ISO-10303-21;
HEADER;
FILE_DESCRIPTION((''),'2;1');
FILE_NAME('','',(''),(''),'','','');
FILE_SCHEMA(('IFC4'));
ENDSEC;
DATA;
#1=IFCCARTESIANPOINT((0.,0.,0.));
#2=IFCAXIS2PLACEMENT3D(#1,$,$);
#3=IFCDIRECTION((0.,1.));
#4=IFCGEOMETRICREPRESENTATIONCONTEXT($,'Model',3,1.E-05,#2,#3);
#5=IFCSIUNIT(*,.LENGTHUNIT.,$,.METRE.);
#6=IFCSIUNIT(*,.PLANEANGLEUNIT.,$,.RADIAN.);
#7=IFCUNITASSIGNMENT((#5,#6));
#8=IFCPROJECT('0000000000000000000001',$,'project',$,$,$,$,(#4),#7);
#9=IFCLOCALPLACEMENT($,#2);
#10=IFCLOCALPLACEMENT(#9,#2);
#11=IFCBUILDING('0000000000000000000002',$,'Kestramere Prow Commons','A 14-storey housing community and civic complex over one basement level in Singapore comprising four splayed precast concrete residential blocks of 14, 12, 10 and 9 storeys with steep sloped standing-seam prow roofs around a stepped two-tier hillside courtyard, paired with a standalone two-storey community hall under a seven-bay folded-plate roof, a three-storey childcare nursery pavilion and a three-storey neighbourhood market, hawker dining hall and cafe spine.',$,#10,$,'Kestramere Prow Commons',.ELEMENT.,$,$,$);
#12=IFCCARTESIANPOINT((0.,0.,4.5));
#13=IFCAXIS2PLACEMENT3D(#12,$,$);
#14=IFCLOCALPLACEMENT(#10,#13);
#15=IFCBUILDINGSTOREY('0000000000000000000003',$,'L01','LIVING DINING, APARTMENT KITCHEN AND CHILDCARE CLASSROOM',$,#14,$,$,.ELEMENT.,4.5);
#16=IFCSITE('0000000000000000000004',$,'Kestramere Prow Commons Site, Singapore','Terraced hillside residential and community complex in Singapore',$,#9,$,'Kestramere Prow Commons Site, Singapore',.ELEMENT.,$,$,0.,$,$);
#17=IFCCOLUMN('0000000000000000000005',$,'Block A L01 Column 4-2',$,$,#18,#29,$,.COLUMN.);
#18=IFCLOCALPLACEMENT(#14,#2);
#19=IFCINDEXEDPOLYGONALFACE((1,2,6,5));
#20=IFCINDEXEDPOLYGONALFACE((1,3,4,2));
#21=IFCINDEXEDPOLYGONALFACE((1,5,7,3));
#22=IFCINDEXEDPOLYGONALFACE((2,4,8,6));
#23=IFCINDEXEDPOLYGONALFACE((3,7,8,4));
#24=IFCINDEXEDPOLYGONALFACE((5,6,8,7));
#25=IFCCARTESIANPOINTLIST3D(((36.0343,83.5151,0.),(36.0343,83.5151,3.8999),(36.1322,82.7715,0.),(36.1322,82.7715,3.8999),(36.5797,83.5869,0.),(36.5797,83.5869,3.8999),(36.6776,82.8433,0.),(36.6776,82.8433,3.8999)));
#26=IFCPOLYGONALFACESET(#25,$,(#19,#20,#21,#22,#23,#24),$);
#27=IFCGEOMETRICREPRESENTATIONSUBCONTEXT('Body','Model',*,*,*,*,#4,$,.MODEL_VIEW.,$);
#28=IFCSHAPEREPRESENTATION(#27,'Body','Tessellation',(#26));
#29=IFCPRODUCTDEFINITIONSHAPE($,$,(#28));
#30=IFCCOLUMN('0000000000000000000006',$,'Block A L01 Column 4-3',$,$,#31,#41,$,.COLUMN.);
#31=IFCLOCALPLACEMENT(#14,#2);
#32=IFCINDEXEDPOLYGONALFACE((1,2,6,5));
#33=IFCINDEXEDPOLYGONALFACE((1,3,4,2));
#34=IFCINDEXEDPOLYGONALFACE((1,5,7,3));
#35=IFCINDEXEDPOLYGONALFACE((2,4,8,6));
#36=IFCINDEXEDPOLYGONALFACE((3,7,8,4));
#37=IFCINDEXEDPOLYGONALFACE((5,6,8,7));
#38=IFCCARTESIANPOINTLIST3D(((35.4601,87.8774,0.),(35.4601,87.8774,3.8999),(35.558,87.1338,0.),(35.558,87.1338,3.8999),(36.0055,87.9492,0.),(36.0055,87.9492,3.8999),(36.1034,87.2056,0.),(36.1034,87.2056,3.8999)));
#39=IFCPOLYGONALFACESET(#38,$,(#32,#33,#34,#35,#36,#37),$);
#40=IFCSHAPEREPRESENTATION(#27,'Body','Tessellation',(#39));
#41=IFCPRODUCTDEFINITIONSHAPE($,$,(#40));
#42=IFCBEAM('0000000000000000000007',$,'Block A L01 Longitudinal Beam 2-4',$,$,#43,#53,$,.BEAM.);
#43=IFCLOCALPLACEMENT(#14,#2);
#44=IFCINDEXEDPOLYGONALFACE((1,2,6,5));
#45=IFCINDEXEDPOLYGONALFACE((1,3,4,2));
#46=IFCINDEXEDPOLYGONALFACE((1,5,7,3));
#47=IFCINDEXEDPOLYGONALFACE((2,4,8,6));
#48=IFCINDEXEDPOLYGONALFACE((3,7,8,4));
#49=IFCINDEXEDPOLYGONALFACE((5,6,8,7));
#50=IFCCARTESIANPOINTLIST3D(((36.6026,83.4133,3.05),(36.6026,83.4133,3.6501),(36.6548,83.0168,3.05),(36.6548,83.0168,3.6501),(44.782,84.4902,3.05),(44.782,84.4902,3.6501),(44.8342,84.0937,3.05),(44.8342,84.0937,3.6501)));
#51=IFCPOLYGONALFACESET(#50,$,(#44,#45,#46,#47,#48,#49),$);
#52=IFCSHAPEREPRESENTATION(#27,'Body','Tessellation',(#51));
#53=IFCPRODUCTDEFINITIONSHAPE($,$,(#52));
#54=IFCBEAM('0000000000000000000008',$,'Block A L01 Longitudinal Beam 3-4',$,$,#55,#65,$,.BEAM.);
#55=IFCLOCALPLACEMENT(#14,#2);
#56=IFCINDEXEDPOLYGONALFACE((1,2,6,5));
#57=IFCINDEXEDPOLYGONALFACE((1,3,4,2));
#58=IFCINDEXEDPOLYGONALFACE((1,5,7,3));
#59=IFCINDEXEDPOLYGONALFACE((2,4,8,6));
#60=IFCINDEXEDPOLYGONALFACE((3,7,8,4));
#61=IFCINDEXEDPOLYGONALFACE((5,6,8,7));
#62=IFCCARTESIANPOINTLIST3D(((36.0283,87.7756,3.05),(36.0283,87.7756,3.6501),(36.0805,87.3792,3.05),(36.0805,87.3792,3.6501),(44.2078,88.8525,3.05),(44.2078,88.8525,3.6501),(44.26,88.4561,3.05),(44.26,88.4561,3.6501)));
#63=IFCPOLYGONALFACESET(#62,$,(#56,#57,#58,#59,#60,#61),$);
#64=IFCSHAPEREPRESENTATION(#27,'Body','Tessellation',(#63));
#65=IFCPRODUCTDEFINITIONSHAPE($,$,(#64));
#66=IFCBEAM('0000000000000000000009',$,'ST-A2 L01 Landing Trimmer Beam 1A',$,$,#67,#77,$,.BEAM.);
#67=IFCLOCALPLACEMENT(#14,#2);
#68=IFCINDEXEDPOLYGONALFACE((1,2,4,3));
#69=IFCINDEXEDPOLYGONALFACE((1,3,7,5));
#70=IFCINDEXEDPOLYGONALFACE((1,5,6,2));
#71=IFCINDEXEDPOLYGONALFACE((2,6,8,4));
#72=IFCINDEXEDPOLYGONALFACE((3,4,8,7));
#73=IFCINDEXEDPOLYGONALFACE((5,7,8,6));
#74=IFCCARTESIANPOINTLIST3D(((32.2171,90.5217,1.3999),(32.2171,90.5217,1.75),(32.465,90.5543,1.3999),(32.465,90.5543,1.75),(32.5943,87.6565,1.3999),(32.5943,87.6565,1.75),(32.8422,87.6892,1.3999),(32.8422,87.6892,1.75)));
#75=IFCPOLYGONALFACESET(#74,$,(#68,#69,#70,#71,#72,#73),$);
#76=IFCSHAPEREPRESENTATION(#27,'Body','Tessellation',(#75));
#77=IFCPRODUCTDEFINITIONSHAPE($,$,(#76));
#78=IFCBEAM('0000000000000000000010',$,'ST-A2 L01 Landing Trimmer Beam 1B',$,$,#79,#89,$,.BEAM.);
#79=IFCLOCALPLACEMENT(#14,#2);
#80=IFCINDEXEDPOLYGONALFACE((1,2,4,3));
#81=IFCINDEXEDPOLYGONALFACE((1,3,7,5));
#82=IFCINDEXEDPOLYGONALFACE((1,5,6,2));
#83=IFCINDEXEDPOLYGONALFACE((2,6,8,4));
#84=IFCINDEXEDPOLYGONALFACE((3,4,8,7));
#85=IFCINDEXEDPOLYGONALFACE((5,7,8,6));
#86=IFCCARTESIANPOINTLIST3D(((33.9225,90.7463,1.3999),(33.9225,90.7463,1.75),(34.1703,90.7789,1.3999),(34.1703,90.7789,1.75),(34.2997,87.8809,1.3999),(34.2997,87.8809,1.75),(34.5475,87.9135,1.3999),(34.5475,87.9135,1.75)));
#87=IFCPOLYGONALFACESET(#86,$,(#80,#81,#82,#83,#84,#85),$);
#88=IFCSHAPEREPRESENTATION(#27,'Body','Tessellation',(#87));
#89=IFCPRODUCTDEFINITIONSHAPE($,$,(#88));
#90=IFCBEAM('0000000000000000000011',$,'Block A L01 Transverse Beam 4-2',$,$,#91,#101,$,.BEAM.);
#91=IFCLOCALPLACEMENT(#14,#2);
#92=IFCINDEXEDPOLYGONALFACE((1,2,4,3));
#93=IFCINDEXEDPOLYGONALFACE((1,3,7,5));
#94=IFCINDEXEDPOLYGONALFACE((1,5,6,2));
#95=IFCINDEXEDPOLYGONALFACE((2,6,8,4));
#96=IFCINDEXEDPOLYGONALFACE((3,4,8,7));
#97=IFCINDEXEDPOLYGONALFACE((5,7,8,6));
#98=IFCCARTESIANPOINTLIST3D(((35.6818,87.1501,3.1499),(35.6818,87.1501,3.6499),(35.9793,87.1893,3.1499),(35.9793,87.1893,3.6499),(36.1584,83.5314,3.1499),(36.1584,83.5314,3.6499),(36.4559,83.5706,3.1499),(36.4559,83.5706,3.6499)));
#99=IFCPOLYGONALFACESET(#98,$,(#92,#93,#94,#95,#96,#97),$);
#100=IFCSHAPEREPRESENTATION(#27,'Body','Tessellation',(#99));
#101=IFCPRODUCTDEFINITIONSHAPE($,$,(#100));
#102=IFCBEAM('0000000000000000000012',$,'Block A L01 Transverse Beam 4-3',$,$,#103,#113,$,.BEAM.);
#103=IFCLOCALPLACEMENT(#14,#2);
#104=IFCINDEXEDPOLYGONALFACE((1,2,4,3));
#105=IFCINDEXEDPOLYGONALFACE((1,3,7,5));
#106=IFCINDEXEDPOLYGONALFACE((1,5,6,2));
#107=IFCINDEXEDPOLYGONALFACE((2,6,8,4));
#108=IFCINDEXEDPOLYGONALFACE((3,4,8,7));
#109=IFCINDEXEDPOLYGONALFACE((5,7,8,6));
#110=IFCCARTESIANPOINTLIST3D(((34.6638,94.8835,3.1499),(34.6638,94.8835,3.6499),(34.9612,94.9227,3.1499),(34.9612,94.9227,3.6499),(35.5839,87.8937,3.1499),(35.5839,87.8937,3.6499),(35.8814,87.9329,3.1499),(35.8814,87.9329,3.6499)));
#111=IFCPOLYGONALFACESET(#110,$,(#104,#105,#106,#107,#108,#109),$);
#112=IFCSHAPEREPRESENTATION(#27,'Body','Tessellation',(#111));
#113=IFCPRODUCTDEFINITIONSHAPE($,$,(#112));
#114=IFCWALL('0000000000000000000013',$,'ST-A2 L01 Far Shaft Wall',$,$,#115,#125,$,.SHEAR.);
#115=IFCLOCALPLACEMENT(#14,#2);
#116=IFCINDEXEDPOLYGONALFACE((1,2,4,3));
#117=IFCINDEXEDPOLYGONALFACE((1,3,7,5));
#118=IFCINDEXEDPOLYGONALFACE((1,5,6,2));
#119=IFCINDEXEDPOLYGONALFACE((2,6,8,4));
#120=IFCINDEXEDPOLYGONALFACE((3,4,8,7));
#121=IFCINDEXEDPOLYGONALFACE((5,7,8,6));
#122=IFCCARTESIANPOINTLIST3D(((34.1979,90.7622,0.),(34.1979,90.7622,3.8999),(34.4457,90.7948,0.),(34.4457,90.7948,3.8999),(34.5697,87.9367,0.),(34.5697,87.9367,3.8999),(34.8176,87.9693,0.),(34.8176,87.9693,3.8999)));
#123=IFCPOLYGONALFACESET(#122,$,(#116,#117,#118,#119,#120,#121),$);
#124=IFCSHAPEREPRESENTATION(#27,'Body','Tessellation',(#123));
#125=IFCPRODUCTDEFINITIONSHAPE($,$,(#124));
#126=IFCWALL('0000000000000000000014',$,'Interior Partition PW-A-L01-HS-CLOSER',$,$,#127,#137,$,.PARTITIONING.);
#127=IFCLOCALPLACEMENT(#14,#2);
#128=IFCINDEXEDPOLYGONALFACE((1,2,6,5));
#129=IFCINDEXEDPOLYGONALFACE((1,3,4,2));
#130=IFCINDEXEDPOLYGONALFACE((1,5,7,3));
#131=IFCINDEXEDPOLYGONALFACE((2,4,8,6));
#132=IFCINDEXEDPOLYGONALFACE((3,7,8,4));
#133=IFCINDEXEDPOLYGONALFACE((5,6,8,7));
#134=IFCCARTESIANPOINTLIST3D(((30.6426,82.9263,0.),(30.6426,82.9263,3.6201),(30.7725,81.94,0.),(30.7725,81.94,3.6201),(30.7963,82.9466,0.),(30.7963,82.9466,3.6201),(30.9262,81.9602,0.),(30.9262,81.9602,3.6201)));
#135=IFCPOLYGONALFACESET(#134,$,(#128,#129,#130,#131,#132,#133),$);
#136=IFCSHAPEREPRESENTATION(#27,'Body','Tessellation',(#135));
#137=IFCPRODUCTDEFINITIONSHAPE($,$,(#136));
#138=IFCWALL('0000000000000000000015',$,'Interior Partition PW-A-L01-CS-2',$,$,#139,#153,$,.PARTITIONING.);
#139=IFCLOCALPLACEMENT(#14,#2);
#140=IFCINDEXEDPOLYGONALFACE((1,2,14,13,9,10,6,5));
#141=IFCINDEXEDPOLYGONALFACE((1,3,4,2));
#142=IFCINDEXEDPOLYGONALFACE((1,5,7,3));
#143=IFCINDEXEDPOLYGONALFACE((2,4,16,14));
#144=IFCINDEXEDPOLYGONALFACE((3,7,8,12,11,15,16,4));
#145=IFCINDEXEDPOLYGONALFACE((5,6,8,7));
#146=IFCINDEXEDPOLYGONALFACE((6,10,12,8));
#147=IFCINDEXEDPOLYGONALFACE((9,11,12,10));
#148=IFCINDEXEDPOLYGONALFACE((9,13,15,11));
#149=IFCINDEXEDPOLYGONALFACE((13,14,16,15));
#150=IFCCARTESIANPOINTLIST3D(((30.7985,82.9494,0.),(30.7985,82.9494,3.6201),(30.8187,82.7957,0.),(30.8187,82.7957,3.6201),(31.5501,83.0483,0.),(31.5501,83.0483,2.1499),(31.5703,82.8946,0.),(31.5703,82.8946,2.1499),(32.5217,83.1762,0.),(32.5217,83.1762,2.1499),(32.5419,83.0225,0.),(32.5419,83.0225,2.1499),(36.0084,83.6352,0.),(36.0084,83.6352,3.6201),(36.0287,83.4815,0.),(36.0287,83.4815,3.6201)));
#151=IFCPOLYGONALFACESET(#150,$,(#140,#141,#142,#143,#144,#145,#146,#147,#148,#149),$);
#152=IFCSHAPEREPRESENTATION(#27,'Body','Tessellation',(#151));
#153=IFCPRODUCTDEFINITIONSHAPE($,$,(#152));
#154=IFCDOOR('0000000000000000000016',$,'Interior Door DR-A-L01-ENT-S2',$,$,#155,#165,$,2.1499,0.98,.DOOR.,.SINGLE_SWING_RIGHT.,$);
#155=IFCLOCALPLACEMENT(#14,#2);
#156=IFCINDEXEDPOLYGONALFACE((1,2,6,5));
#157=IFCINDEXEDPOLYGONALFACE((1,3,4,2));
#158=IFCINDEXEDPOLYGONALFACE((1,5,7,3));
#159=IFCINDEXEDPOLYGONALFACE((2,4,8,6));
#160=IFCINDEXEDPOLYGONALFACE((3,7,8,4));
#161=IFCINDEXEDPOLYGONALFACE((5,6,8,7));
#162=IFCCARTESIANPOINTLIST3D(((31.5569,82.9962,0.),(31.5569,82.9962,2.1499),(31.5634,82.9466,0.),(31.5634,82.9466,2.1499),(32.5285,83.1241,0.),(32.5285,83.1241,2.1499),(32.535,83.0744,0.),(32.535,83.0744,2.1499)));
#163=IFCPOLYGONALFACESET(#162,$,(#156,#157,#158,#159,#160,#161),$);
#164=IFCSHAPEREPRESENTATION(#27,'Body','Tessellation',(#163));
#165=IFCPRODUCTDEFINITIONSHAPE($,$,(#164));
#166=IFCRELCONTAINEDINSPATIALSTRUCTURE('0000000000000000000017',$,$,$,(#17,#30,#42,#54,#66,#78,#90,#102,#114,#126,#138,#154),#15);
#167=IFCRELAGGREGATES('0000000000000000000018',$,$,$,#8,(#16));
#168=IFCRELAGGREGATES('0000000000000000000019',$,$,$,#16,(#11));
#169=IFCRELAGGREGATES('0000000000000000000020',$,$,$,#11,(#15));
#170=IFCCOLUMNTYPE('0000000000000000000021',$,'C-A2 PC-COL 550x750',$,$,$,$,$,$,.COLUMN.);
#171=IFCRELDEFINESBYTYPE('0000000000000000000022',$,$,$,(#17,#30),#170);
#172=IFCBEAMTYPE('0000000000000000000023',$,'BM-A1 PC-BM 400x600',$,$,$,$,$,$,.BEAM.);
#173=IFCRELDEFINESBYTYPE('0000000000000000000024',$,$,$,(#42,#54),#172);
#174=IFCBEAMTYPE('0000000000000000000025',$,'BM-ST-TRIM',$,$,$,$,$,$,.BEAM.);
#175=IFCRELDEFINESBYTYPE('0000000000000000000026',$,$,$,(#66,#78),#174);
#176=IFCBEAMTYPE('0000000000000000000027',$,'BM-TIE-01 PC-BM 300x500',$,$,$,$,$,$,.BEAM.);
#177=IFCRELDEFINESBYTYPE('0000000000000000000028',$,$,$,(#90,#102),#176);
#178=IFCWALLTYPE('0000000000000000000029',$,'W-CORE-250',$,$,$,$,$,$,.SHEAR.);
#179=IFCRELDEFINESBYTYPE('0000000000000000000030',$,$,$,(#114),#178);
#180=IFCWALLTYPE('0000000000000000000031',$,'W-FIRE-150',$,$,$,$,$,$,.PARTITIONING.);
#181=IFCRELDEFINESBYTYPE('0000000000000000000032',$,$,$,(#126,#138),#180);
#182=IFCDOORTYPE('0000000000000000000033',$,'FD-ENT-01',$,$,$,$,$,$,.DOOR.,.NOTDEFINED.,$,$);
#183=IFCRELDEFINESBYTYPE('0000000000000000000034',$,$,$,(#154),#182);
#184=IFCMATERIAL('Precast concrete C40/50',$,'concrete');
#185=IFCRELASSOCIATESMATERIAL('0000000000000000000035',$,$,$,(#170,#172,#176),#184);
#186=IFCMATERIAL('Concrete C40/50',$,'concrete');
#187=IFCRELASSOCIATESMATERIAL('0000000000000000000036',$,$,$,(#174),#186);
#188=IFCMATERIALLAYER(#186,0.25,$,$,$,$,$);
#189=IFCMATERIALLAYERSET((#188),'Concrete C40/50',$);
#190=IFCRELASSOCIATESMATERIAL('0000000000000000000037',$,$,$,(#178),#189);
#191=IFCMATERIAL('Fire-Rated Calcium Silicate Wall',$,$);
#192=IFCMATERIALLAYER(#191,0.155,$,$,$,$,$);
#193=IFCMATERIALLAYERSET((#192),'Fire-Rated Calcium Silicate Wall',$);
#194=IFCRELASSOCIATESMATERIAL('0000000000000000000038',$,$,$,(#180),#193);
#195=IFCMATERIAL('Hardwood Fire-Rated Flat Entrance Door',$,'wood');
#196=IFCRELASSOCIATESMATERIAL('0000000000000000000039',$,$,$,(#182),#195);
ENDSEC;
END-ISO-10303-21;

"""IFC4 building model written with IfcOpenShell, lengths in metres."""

from ifc_helpers import new_model, si_unit, direction, frame, frame_2d, origin, origin_2d, place, context, subcontext, project, spatial, rectangle, extrude, material, layer, layer_set, material_profile, profile_set, type_object, element, fill, save


model = new_model("IFC4")

# Units and contexts
model_context = context("Model", 3, precision=1e-05, world=origin(), true_north=direction((0.0, 1.0)))
body_context = subcontext(model_context, "Body", "Model", "MODEL_VIEW")
ifc_project = project(units=[si_unit("LENGTHUNIT", "METRE"), si_unit("PLANEANGLEUNIT", "RADIAN")], contexts=[model_context])

# Site, building, storey
site_placement = place(None, origin())
site = spatial("IfcSite", under=ifc_project, at=site_placement, Name="Kestramere Prow Commons Site, Singapore", Description="Terraced hillside residential and community complex in Singapore", LongName="Kestramere Prow Commons Site, Singapore", CompositionType="ELEMENT", RefElevation=0.0)
building_placement = place(site_placement, origin())
building = spatial("IfcBuilding", under=site, at=building_placement, Name="Kestramere Prow Commons", Description="A 14-storey housing community and civic complex over one basement level in Singapore comprising four splayed precast concrete residential blocks of 14, 12, 10 and 9 storeys with steep sloped standing-seam prow roofs around a stepped two-tier hillside courtyard, paired with a standalone two-storey community hall under a seven-bay folded-plate roof, a three-storey childcare nursery pavilion and a three-storey neighbourhood market, hawker dining hall and cafe spine.", LongName="Kestramere Prow Commons", CompositionType="ELEMENT")
storey_placement = place(building_placement, frame((0.0, 0.0, 4.5)))
storey = spatial("IfcBuildingStorey", under=building, at=storey_placement, Name="L01", Description="LIVING DINING, APARTMENT KITCHEN AND CHILDCARE CLASSROOM", CompositionType="ELEMENT", Elevation=4.5)

# Columns
ifc_material_1 = material(Name="Precast concrete C40/50", Category="concrete")
ifc_material_profile_1 = material_profile(ifc_material_1, rectangle(XDim=0.55, YDim=0.75, at=origin_2d()), Name="PC-COL 550x750")
ifc_profile_set_1 = profile_set([ifc_material_profile_1], Name="Precast concrete C40/50")
column_type = type_object("IfcColumnType", Name="C-A2 PC-COL 550x750", PredefinedType="COLUMN", material=ifc_profile_set_1)
for number, where, z_axis, x_axis, name in (
    (1, (36.356, 83.1792, 0.0), (0.0, 0.0, 1.0), (0.991445, 0.130526, 0.0), "Block A L01 Column 4-2"),
    (2, (35.7817, 87.5415, 0.0), (0.0, 0.0, 1.0), (0.991445, 0.130526, 0.0), "Block A L01 Column 4-3"),
):
    element("IfcColumn", number, at=place(storey_placement, frame(where, z_axis=z_axis, x_axis=x_axis)), inside=storey, type_object=column_type, Name=name, PredefinedType="COLUMN", context=body_context, shape_type="SweptSolid", body=[
        extrude(rectangle(XDim=0.55, YDim=0.75, at=origin_2d()), origin(), (0.0, 0.0, 1.0), 3.8999),
    ])

# Beams
ifc_material_profile_2 = material_profile(ifc_material_1, rectangle(XDim=0.3999, YDim=0.6001, at=origin_2d()), Name="PC-BM 400x600")
ifc_profile_set_2 = profile_set([ifc_material_profile_2], Name="Precast concrete C40/50")
beam_type_1 = type_object("IfcBeamType", Name="BM-A1 PC-BM 400x600", PredefinedType="BEAM", material=ifc_profile_set_2)
for number, where, z_axis, x_axis, name in (
    (3, (36.6287, 83.2151, 3.3501), (0.991444, 0.130533, 0.0), (-0.130533, 0.991444, 0.0), "Block A L01 Longitudinal Beam 2-4"),
    (4, (36.0544, 87.5774, 3.3501), (0.991444, 0.130533, 0.0), (-0.130533, 0.991444, 0.0), "Block A L01 Longitudinal Beam 3-4"),
):
    element("IfcBeam", number, at=place(storey_placement, frame(where, z_axis=z_axis, x_axis=x_axis)), inside=storey, type_object=beam_type_1, Name=name, PredefinedType="BEAM", context=body_context, shape_type="SweptSolid", body=[
        extrude(rectangle(XDim=0.3999, YDim=0.6001, at=origin_2d()), origin(), (0.0, 0.0, 1.0), 8.25),
    ])
ifc_material_2 = material(Name="Concrete C40/50", Category="concrete")
ifc_material_profile_3 = material_profile(ifc_material_2, rectangle(XDim=0.25, YDim=0.3501, at=origin_2d()), Name="PC-BM 250x350")
ifc_profile_set_3 = profile_set([ifc_material_profile_3], Name="Concrete C40/50")
beam_type_2 = type_object("IfcBeamType", Name="BM-ST-TRIM", PredefinedType="BEAM", material=ifc_profile_set_3)
beam_1_placement = place(storey_placement, frame((32.7183, 87.6729, 1.575), z_axis=(-0.13052, 0.991446, 0.0), x_axis=(-0.991446, -0.13052, 0.0)))
element("IfcBeam", 5, at=beam_1_placement, inside=storey, type_object=beam_type_2, Name="ST-A2 L01 Landing Trimmer Beam 1A", PredefinedType="BEAM", context=body_context, shape_type="SweptSolid", body=[
    extrude(rectangle(XDim=0.25, YDim=0.3501, at=origin_2d()), origin(), (0.0, 0.0, 1.0), 2.8899),
])
beam_2_placement = place(storey_placement, frame((34.4236, 87.8972, 1.575), z_axis=(-0.130509, 0.991447, 0.0), x_axis=(-0.991447, -0.130509, 0.0)))
element("IfcBeam", 6, at=beam_2_placement, inside=storey, type_object=beam_type_2, Name="ST-A2 L01 Landing Trimmer Beam 1B", PredefinedType="BEAM", context=body_context, shape_type="SweptSolid", body=[
    extrude(rectangle(XDim=0.25, YDim=0.3501, at=origin_2d()), origin(), (0.0, 0.0, 1.0), 2.8901),
])
ifc_material_profile_4 = material_profile(ifc_material_1, rectangle(XDim=0.3, YDim=0.5, at=origin_2d()), Name="PC-BM 300x500")
ifc_profile_set_4 = profile_set([ifc_material_profile_4], Name="Precast concrete C40/50")
beam_type_3 = type_object("IfcBeamType", Name="BM-TIE-01 PC-BM 300x500", PredefinedType="BEAM", material=ifc_profile_set_4)
beam_3_placement = place(storey_placement, frame((36.3071, 83.551, 3.3999), z_axis=(-0.130569, 0.991439, 0.0), x_axis=(-0.991439, -0.130569, 0.0)))
element("IfcBeam", 7, at=beam_3_placement, inside=storey, type_object=beam_type_3, Name="Block A L01 Transverse Beam 4-2", PredefinedType="BEAM", context=body_context, shape_type="SweptSolid", body=[
    extrude(rectangle(XDim=0.3, YDim=0.5, at=origin_2d()), origin(), (0.0, 0.0, 1.0), 3.6499),
])
beam_4_placement = place(storey_placement, frame((35.7327, 87.9133, 3.3999), z_axis=(-0.130519, 0.991446, 0.0), x_axis=(-0.991446, -0.130519, 0.0)))
element("IfcBeam", 8, at=beam_4_placement, inside=storey, type_object=beam_type_3, Name="Block A L01 Transverse Beam 4-3", PredefinedType="BEAM", context=body_context, shape_type="SweptSolid", body=[
    extrude(rectangle(XDim=0.3, YDim=0.5, at=origin_2d()), origin(), (0.0, 0.0, 1.0), 7.05),
])

# Walls
ifc_layer_1 = layer(ifc_material_2, 0.25)
ifc_layer_set_1 = layer_set([ifc_layer_1], Name="Concrete C40/50")
wall_type_1 = type_object("IfcWallType", Name="W-CORE-250", PredefinedType="SHEAR", material=ifc_layer_set_1)
wall_1_placement = place(storey_placement, frame((34.6936, 87.9531, 0.0), z_axis=(0.0, 0.0, 1.0), x_axis=(-0.130474, 0.991452, 0.0)))
element("IfcWall", 9, at=wall_1_placement, inside=storey, type_object=wall_type_1, Name="ST-A2 L01 Far Shaft Wall", PredefinedType="SHEAR", context=body_context, shape_type="SweptSolid", body=[
    extrude(rectangle(XDim=2.8499, YDim=0.25, at=frame_2d((1.4248, 0.0))), origin(), (0.0, 0.0, 1.0), 3.8999),
])
ifc_material_3 = material(Name="Fire-Rated Calcium Silicate Wall")
ifc_layer_2 = layer(ifc_material_3, 0.155)
ifc_layer_set_2 = layer_set([ifc_layer_2], Name="Fire-Rated Calcium Silicate Wall")
wall_type_2 = type_object("IfcWallType", Name="W-FIRE-150", PredefinedType="PARTITIONING", material=ifc_layer_set_2)
wall_2_placement = place(storey_placement, frame((30.8494, 81.95, 0.0), z_axis=(0.0, 0.0, 1.0), x_axis=(-0.130556, 0.991441, 0.0)))
element("IfcWall", 10, at=wall_2_placement, inside=storey, type_object=wall_type_2, Name="Interior Partition PW-A-L01-HS-CLOSER", PredefinedType="PARTITIONING", context=body_context, shape_type="SweptSolid", body=[
    extrude(rectangle(XDim=0.9949, YDim=0.155, at=frame_2d((0.4976, 0.0))), origin(), (0.0, 0.0, 1.0), 3.6201),
])

# Wall, opening, door
wall_3_placement = place(storey_placement, frame((30.8086, 82.8726, 0.0), z_axis=(0.0, 0.0, 1.0), x_axis=(0.991448, 0.130505, 0.0)))
wall_3 = element("IfcWall", 11, at=wall_3_placement, inside=storey, type_object=wall_type_2, Name="Interior Partition PW-A-L01-CS-2", PredefinedType="PARTITIONING", context=body_context, shape_type="SweptSolid", body=[
    extrude(rectangle(XDim=5.2549, YDim=0.155, at=frame_2d((2.6274, 0.0))), origin(), (0.0, 0.0, 1.0), 3.6201),
])
opening_1_placement = place(wall_3_placement, frame((0.7581, 0.0, 0.0)))
opening_1 = element("IfcOpeningElement", 12, at=opening_1_placement, cuts=wall_3, PredefinedType="OPENING", context=body_context, shape_type="SweptSolid", body=[
    extrude(rectangle(XDim=0.98, YDim=2.1499, at=frame_2d((0.49, 1.075))), frame((0.0, 0.0925, 0.0), z_axis=(0.0, -1.0, 0.0), x_axis=(1.0, 0.0, 0.0)), (0.0, 0.0, 1.0), 0.1851),
])
ifc_material_4 = material(Name="Hardwood Fire-Rated Flat Entrance Door", Category="wood")
door_type_1 = type_object("IfcDoorType", Name="FD-ENT-01", OperationType="NOTDEFINED", PredefinedType="DOOR", material=ifc_material_4)
door_1_placement = place(opening_1_placement, origin())
door_1 = element("IfcDoor", 13, at=door_1_placement, inside=storey, type_object=door_type_1, Name="Interior Door DR-A-L01-ENT-S2", OperationType="SINGLE_SWING_RIGHT", OverallHeight=2.1499, OverallWidth=0.98, PredefinedType="DOOR", context=body_context, shape_type="SweptSolid", body=[
    extrude(rectangle(XDim=0.98, YDim=2.1499, at=frame_2d((0.49, 1.075))), frame((0.0, 0.0249, 0.0), z_axis=(0.0, -1.0, 0.0), x_axis=(1.0, 0.0, 0.0)), (0.0, 0.0, 1.0), 0.05),
])
fill(opening_1, door_1)

save(model, "model.ifc")
